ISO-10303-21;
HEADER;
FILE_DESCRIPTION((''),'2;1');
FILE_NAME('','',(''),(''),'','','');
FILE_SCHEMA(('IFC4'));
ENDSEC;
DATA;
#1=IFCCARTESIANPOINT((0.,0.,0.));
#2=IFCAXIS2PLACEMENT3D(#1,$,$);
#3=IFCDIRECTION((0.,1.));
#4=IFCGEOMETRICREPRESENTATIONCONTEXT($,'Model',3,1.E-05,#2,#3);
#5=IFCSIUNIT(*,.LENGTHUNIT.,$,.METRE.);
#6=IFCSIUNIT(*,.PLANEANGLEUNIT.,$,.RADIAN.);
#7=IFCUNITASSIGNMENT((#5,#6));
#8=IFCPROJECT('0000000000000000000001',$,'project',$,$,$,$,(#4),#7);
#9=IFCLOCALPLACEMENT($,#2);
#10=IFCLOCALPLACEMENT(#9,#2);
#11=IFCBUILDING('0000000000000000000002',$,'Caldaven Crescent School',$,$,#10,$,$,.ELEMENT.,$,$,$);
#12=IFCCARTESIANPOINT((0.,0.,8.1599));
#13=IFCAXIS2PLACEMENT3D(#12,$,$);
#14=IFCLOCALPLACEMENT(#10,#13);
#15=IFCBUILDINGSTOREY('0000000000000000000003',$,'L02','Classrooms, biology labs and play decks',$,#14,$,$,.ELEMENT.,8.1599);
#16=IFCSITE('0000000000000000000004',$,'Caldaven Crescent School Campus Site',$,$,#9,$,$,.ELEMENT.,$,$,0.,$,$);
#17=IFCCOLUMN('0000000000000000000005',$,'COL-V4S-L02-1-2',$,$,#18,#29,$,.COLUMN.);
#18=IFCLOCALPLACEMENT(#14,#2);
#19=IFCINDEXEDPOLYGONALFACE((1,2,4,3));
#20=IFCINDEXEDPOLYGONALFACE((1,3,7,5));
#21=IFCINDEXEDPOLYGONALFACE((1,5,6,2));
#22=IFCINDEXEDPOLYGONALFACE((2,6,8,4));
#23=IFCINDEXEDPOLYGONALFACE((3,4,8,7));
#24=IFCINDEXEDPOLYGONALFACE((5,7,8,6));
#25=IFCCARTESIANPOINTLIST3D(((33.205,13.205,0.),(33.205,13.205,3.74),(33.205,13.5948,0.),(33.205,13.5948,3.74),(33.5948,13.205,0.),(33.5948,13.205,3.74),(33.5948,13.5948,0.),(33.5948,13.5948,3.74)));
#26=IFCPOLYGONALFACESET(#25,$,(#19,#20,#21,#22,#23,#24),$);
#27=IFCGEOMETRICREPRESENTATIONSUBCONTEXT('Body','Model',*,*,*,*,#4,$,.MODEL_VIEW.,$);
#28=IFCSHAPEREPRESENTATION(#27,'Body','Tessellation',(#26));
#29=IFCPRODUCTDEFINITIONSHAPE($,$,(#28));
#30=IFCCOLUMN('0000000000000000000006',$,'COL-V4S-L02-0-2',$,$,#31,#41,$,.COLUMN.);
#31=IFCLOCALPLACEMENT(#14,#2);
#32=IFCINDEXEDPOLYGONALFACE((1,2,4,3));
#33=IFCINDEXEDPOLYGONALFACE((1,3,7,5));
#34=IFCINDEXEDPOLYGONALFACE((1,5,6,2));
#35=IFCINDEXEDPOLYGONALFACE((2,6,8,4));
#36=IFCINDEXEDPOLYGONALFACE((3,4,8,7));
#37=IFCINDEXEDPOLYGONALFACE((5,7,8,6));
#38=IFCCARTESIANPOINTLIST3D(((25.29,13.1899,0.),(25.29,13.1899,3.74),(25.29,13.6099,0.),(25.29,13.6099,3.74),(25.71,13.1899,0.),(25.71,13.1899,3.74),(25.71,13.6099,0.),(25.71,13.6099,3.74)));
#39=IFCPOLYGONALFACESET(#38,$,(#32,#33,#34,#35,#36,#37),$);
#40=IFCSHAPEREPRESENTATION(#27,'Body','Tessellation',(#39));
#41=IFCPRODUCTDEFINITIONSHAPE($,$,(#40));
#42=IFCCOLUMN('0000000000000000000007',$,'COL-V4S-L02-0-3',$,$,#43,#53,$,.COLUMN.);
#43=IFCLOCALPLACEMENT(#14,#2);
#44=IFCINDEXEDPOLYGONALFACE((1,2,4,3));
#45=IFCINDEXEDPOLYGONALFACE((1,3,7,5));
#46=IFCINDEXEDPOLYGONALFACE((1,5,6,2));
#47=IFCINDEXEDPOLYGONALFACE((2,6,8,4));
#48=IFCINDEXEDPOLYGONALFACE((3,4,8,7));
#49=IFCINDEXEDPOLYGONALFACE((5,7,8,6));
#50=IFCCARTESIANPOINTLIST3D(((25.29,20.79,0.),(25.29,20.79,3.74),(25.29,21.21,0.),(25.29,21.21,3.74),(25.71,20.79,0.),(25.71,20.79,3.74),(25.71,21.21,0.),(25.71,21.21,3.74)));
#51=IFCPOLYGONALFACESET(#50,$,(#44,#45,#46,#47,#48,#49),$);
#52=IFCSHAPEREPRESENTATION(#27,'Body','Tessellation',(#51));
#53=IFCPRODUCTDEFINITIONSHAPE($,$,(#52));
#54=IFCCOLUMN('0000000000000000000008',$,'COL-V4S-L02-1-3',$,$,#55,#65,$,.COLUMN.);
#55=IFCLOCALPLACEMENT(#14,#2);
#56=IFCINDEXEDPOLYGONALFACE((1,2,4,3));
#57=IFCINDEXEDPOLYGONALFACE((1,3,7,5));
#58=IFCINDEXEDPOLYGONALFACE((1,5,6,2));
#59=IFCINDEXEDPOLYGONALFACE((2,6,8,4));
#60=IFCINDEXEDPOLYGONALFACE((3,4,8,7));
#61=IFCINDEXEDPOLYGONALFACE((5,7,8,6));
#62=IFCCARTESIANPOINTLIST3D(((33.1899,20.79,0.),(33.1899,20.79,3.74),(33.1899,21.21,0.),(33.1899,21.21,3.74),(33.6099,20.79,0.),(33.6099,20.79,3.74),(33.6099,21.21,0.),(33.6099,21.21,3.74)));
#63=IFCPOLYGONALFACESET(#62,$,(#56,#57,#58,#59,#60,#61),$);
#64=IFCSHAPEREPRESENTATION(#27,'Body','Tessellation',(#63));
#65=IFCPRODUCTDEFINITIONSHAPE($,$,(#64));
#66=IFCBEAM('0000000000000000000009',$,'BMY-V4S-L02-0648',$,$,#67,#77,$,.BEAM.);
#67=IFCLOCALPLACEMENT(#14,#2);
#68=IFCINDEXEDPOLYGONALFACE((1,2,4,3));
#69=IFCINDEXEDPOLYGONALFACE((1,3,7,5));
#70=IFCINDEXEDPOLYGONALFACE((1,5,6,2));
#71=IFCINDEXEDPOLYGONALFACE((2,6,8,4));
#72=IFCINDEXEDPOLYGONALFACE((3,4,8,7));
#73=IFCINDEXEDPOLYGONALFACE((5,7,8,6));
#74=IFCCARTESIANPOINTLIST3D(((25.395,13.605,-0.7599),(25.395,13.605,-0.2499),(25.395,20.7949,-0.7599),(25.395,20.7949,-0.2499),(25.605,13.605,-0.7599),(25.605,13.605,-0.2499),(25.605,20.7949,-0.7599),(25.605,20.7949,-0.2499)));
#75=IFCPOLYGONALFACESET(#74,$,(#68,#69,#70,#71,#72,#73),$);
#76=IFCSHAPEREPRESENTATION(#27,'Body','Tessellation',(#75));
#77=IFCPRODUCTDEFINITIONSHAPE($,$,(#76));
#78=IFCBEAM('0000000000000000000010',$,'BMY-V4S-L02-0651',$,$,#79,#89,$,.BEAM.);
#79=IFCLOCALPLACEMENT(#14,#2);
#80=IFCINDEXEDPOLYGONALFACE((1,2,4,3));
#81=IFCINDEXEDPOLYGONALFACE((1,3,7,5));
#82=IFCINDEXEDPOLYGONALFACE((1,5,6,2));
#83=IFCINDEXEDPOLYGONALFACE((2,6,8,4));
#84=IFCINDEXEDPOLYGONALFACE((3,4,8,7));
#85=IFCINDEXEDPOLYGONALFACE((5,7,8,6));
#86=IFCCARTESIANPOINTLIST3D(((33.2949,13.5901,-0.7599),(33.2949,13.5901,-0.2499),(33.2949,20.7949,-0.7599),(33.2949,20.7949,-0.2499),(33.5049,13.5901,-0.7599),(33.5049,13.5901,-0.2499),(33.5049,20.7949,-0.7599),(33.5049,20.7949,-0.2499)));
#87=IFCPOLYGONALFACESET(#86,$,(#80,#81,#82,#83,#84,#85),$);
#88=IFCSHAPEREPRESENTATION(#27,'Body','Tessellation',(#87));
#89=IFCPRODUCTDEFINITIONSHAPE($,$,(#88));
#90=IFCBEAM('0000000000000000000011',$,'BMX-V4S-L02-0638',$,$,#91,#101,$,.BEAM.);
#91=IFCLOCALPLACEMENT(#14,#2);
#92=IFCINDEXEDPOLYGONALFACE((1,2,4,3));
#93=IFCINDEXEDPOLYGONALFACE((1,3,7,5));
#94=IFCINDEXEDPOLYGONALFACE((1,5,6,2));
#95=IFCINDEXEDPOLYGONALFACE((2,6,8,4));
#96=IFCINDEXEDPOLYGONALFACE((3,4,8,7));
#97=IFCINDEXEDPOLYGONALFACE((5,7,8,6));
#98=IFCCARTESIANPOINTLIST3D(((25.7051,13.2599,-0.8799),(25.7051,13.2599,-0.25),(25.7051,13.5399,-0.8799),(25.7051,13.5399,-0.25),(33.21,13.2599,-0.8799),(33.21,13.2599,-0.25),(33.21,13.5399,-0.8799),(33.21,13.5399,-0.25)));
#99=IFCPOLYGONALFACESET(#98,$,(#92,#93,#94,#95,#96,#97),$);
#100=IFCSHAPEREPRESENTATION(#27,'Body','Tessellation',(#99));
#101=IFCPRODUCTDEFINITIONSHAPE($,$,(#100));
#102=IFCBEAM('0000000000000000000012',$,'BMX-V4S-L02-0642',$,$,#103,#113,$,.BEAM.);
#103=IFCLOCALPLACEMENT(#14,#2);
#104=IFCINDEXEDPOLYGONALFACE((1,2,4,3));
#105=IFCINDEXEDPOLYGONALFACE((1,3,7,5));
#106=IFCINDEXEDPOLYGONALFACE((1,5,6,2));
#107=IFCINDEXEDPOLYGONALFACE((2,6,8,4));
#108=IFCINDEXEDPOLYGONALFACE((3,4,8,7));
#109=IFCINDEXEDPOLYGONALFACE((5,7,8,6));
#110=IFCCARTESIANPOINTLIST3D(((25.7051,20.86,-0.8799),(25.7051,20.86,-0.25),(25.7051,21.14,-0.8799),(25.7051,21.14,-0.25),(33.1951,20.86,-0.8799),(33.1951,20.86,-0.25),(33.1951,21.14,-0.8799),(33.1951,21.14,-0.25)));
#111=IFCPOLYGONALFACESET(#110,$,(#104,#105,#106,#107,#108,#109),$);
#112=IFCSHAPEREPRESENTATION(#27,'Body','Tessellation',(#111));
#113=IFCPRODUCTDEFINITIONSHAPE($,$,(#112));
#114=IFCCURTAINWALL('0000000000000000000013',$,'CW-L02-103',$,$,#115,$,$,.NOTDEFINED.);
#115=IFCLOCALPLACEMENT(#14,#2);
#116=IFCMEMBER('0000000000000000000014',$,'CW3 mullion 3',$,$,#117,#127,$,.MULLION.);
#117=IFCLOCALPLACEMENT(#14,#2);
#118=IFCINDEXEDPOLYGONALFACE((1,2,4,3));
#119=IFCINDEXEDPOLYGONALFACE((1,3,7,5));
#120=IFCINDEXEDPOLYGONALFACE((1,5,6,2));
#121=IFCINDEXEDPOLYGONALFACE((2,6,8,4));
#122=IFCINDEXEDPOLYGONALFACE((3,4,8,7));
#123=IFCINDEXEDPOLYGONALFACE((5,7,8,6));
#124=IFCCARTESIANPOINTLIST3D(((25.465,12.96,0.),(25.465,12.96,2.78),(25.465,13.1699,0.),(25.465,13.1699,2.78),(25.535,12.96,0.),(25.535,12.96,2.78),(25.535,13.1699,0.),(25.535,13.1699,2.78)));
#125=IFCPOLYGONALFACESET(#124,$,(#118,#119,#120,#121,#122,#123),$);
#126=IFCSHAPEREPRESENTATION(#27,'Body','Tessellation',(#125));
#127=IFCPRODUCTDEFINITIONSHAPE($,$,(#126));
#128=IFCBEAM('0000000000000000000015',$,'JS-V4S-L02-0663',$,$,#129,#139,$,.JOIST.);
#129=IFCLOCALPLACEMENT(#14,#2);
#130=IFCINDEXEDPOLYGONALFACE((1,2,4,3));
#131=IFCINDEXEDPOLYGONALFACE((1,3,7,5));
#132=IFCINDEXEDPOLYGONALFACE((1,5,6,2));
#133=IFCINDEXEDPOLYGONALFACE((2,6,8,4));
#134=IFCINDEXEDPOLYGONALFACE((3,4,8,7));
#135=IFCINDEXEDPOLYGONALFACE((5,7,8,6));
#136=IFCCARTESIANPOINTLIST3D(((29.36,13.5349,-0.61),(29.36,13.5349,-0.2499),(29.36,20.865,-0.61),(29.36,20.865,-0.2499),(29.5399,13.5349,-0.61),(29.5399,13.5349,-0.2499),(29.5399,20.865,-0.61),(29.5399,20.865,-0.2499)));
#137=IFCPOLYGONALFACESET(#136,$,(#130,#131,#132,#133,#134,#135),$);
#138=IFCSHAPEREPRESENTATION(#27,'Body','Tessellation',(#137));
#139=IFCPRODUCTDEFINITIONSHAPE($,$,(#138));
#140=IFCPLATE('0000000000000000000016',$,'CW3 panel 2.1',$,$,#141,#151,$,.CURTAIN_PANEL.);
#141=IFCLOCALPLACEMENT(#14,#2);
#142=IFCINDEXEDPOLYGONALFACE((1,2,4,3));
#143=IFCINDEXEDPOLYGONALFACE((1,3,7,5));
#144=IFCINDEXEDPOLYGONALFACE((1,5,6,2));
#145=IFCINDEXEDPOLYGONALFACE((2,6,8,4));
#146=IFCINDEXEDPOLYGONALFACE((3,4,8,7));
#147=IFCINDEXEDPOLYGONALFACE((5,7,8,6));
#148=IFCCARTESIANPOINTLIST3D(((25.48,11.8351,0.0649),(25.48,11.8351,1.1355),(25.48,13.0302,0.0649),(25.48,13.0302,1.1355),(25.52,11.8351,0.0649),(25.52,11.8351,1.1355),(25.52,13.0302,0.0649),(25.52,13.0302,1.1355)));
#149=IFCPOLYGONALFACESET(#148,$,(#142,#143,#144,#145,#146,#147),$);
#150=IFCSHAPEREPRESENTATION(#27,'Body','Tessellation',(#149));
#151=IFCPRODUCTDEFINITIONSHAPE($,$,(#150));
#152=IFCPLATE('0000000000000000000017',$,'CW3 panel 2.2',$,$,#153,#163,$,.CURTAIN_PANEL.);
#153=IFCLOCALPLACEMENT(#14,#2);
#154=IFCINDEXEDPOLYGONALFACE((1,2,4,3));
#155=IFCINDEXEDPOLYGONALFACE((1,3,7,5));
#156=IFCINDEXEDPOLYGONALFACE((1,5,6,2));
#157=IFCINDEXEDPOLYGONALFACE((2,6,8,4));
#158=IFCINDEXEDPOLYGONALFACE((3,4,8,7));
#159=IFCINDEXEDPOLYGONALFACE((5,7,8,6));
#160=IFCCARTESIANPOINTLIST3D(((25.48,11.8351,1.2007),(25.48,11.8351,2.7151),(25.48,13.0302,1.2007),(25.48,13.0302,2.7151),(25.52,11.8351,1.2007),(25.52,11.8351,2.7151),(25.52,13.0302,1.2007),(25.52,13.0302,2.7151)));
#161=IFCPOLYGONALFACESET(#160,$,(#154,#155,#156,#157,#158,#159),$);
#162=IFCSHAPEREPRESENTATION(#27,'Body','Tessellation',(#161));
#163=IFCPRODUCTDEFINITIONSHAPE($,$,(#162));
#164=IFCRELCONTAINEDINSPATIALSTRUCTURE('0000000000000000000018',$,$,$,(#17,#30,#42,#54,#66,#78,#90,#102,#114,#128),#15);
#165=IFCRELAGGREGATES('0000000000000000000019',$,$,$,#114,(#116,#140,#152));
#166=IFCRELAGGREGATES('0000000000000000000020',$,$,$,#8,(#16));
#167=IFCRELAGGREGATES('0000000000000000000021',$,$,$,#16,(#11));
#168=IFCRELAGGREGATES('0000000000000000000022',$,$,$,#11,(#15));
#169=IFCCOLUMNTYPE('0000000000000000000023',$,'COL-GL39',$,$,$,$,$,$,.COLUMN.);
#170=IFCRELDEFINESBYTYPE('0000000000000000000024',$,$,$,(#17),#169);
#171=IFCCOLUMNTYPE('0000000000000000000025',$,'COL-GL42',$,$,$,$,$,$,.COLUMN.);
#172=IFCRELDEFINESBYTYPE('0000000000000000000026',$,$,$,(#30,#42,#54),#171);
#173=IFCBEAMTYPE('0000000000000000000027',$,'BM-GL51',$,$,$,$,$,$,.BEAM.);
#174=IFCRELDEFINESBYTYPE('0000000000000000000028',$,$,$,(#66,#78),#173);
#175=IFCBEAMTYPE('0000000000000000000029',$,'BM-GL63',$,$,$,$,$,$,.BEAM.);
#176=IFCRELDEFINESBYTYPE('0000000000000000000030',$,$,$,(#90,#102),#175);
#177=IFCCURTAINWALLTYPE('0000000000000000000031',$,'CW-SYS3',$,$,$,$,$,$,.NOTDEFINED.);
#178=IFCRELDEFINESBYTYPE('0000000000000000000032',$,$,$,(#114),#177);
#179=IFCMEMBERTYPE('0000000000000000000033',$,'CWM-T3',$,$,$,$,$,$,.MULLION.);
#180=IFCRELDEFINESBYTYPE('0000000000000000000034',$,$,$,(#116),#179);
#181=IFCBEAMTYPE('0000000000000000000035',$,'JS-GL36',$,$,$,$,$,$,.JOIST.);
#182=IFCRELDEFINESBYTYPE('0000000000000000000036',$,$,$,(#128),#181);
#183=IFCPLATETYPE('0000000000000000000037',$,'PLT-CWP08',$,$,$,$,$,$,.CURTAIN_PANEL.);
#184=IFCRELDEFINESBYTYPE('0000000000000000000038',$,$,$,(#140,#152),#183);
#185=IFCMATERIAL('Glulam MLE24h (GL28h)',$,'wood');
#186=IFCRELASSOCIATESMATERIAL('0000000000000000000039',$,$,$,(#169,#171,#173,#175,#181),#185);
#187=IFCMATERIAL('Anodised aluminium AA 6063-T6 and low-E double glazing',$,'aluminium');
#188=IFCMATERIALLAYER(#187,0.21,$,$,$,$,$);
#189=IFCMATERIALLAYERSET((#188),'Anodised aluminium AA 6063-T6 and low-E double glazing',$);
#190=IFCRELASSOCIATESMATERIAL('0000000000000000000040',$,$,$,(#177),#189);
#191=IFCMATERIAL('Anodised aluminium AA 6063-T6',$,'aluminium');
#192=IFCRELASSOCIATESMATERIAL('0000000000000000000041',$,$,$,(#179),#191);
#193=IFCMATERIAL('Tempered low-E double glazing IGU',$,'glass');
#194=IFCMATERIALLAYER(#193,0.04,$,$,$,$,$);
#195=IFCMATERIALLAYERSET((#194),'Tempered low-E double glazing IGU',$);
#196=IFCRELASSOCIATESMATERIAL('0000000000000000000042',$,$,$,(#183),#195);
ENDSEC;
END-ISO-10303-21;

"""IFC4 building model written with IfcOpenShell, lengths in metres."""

from ifc_helpers import new_model, si_unit, direction, frame, origin, origin_2d, place, context, subcontext, project, spatial, rectangle, extrude, material, layer, layer_set, material_profile, profile_set, type_object, element, aggregate, save


model = new_model("IFC4")

# Units and contexts
model_context = context("Model", 3, precision=1e-05, world=origin(), true_north=direction((0.0, 1.0)))
body_context = subcontext(model_context, "Body", "Model", "MODEL_VIEW")
ifc_project = project(units=[si_unit("LENGTHUNIT", "METRE"), si_unit("PLANEANGLEUNIT", "RADIAN")], contexts=[model_context])

# Site, building, storey
site_placement = place(None, origin())
site = spatial("IfcSite", under=ifc_project, at=site_placement, Name="Caldaven Crescent School Campus Site", CompositionType="ELEMENT", RefElevation=0.0)
building_placement = place(site_placement, origin())
building = spatial("IfcBuilding", under=site, at=building_placement, Name="Caldaven Crescent School", CompositionType="ELEMENT")
storey_placement = place(building_placement, frame((0.0, 0.0, 8.1599)))
storey = spatial("IfcBuildingStorey", under=building, at=storey_placement, Name="L02", Description="Classrooms, biology labs and play decks", CompositionType="ELEMENT", Elevation=8.1599)

# Columns
ifc_material_1 = material(Name="Glulam MLE24h (GL28h)", Category="wood")
ifc_material_profile_1 = material_profile(ifc_material_1, rectangle(XDim=0.3899, YDim=0.3899, at=origin_2d()), Name="MLE 390x390")
ifc_profile_set_1 = profile_set([ifc_material_profile_1], Name="Glulam MLE24h (GL28h)")
column_type_1 = type_object("IfcColumnType", Name="COL-GL39", PredefinedType="COLUMN", material=ifc_profile_set_1)
column_placement = place(storey_placement, frame((33.3999, 13.3999, 0.0), z_axis=(0.0, 0.0, 1.0), x_axis=(1.0, 0.0, 0.0)))
element("IfcColumn", 1, at=column_placement, inside=storey, type_object=column_type_1, Name="COL-V4S-L02-1-2", PredefinedType="COLUMN", context=body_context, shape_type="SweptSolid", body=[
    extrude(rectangle(XDim=0.3899, YDim=0.3899, at=origin_2d()), origin(), (0.0, 0.0, 1.0), 3.74),
])
ifc_material_profile_2 = material_profile(ifc_material_1, rectangle(XDim=0.4199, YDim=0.4199, at=origin_2d()), Name="MLE 420x420")
ifc_profile_set_2 = profile_set([ifc_material_profile_2], Name="Glulam MLE24h (GL28h)")
column_type_2 = type_object("IfcColumnType", Name="COL-GL42", PredefinedType="COLUMN", material=ifc_profile_set_2)
for number, where, z_axis, x_axis, name in (
    (2, (25.5, 13.3999, 0.0), (0.0, 0.0, 1.0), (1.0, 0.0, 0.0), "COL-V4S-L02-0-2"),
    (3, (25.5, 21.0, 0.0), (0.0, 0.0, 1.0), (1.0, 0.0, 0.0), "COL-V4S-L02-0-3"),
    (4, (33.3999, 21.0, 0.0), (0.0, 0.0, 1.0), (1.0, 0.0, 0.0), "COL-V4S-L02-1-3"),
):
    element("IfcColumn", number, at=place(storey_placement, frame(where, z_axis=z_axis, x_axis=x_axis)), inside=storey, type_object=column_type_2, Name=name, PredefinedType="COLUMN", context=body_context, shape_type="SweptSolid", body=[
        extrude(rectangle(XDim=0.4199, YDim=0.4199, at=origin_2d()), origin(), (0.0, 0.0, 1.0), 3.74),
    ])

# Beams
ifc_material_profile_3 = material_profile(ifc_material_1, rectangle(XDim=0.21, YDim=0.51, at=origin_2d()), Name="MLE 210x510")
ifc_profile_set_3 = profile_set([ifc_material_profile_3], Name="Glulam MLE24h (GL28h)")
beam_type_1 = type_object("IfcBeamType", Name="BM-GL51", PredefinedType="BEAM", material=ifc_profile_set_3)
beam_1_placement = place(storey_placement, frame((25.5, 13.605, -0.5049), z_axis=(0.0, 1.0, 0.0), x_axis=(-1.0, 0.0, 0.0)))
element("IfcBeam", 5, at=beam_1_placement, inside=storey, type_object=beam_type_1, Name="BMY-V4S-L02-0648", PredefinedType="BEAM", context=body_context, shape_type="SweptSolid", body=[
    extrude(rectangle(XDim=0.21, YDim=0.51, at=origin_2d()), origin(), (0.0, 0.0, 1.0), 7.1899),
])
beam_2_placement = place(storey_placement, frame((33.3999, 13.5901, -0.5049), z_axis=(0.0, 1.0, 0.0), x_axis=(-1.0, 0.0, 0.0)))
element("IfcBeam", 6, at=beam_2_placement, inside=storey, type_object=beam_type_1, Name="BMY-V4S-L02-0651", PredefinedType="BEAM", context=body_context, shape_type="SweptSolid", body=[
    extrude(rectangle(XDim=0.21, YDim=0.51, at=origin_2d()), origin(), (0.0, 0.0, 1.0), 7.2048),
])
ifc_material_profile_4 = material_profile(ifc_material_1, rectangle(XDim=0.28, YDim=0.6299, at=origin_2d()), Name="MLE 280x630")
ifc_profile_set_4 = profile_set([ifc_material_profile_4], Name="Glulam MLE24h (GL28h)")
beam_type_2 = type_object("IfcBeamType", Name="BM-GL63", PredefinedType="BEAM", material=ifc_profile_set_4)
beam_3_placement = place(storey_placement, frame((25.7051, 13.3999, -0.5649), z_axis=(1.0, 0.0, 0.0), x_axis=(0.0, 1.0, 0.0)))
element("IfcBeam", 7, at=beam_3_placement, inside=storey, type_object=beam_type_2, Name="BMX-V4S-L02-0638", PredefinedType="BEAM", context=body_context, shape_type="SweptSolid", body=[
    extrude(rectangle(XDim=0.28, YDim=0.6299, at=origin_2d()), origin(), (0.0, 0.0, 1.0), 7.5049),
])
beam_4_placement = place(storey_placement, frame((25.7051, 21.0, -0.5649), z_axis=(1.0, 0.0, 0.0), x_axis=(0.0, 1.0, 0.0)))
element("IfcBeam", 8, at=beam_4_placement, inside=storey, type_object=beam_type_2, Name="BMX-V4S-L02-0642", PredefinedType="BEAM", context=body_context, shape_type="SweptSolid", body=[
    extrude(rectangle(XDim=0.28, YDim=0.6299, at=origin_2d()), origin(), (0.0, 0.0, 1.0), 7.49),
])

# Curtain wall, member
ifc_material_2 = material(Name="Anodised aluminium AA 6063-T6 and low-E double glazing", Category="aluminium")
ifc_layer_1 = layer(ifc_material_2, 0.21)
ifc_layer_set_1 = layer_set([ifc_layer_1], Name="Anodised aluminium AA 6063-T6 and low-E double glazing")
curtain_wall_type = type_object("IfcCurtainWallType", Name="CW-SYS3", PredefinedType="NOTDEFINED", material=ifc_layer_set_1)
curtain_wall_placement = place(storey_placement, origin())
curtain_wall = element("IfcCurtainWall", 9, at=curtain_wall_placement, inside=storey, type_object=curtain_wall_type, Name="CW-L02-103", PredefinedType="NOTDEFINED")
ifc_material_3 = material(Name="Anodised aluminium AA 6063-T6", Category="aluminium")
ifc_material_profile_5 = material_profile(ifc_material_3, rectangle(XDim=0.0701, YDim=0.21, at=origin_2d()), Name="CWM 70x210")
ifc_profile_set_5 = profile_set([ifc_material_profile_5], Name="Anodised aluminium AA 6063-T6")
member_type = type_object("IfcMemberType", Name="CWM-T3", PredefinedType="MULLION", material=ifc_profile_set_5)
member_placement = place(storey_placement, frame((25.5, 13.0649, 0.0), z_axis=(0.0, 0.0, 1.0), x_axis=(-1.0, 0.0, 0.0)))
member = element("IfcMember", 10, at=member_placement, type_object=member_type, Name="CW3 mullion 3", PredefinedType="MULLION", context=body_context, shape_type="SweptSolid", body=[
    extrude(rectangle(XDim=0.0701, YDim=0.21, at=origin_2d()), origin(), (0.0, 0.0, 1.0), 2.78),
])

# Beam
ifc_material_profile_6 = material_profile(ifc_material_1, rectangle(XDim=0.1799, YDim=0.3601, at=origin_2d()), Name="MLE 180x360")
ifc_profile_set_6 = profile_set([ifc_material_profile_6], Name="Glulam MLE24h (GL28h)")
beam_type_3 = type_object("IfcBeamType", Name="JS-GL36", PredefinedType="JOIST", material=ifc_profile_set_6)
beam_5_placement = place(storey_placement, frame((29.45, 13.5349, -0.4299), z_axis=(0.0, 1.0, 0.0), x_axis=(-1.0, 0.0, 0.0)))
element("IfcBeam", 11, at=beam_5_placement, inside=storey, type_object=beam_type_3, Name="JS-V4S-L02-0663", PredefinedType="JOIST", context=body_context, shape_type="SweptSolid", body=[
    extrude(rectangle(XDim=0.1799, YDim=0.3601, at=origin_2d()), origin(), (0.0, 0.0, 1.0), 7.3301),
])

# Plates
ifc_material_4 = material(Name="Tempered low-E double glazing IGU", Category="glass")
ifc_layer_2 = layer(ifc_material_4, 0.04)
ifc_layer_set_2 = layer_set([ifc_layer_2], Name="Tempered low-E double glazing IGU")
plate_type = type_object("IfcPlateType", Name="PLT-CWP08", PredefinedType="CURTAIN_PANEL", material=ifc_layer_set_2)
plate_1_placement = place(storey_placement, frame((25.5, 12.4326, 0.0649), z_axis=(0.0, 0.0, 1.0), x_axis=(0.0, 1.0, 0.0)))
plate_1 = element("IfcPlate", 12, at=plate_1_placement, type_object=plate_type, Name="CW3 panel 2.1", PredefinedType="CURTAIN_PANEL", context=body_context, shape_type="SweptSolid", body=[
    extrude(rectangle(XDim=1.1951, YDim=0.04, at=origin_2d()), origin(), (0.0, 0.0, 1.0), 1.0706),
])
plate_2_placement = place(storey_placement, frame((25.5, 12.4326, 1.2007), z_axis=(0.0, 0.0, 1.0), x_axis=(0.0, 1.0, 0.0)))
plate_2 = element("IfcPlate", 13, at=plate_2_placement, type_object=plate_type, Name="CW3 panel 2.2", PredefinedType="CURTAIN_PANEL", context=body_context, shape_type="SweptSolid", body=[
    extrude(rectangle(XDim=1.1951, YDim=0.04, at=origin_2d()), origin(), (0.0, 0.0, 1.0), 1.5144),
])
aggregate(curtain_wall, [member, plate_1, plate_2])

save(model, "model.ifc")
